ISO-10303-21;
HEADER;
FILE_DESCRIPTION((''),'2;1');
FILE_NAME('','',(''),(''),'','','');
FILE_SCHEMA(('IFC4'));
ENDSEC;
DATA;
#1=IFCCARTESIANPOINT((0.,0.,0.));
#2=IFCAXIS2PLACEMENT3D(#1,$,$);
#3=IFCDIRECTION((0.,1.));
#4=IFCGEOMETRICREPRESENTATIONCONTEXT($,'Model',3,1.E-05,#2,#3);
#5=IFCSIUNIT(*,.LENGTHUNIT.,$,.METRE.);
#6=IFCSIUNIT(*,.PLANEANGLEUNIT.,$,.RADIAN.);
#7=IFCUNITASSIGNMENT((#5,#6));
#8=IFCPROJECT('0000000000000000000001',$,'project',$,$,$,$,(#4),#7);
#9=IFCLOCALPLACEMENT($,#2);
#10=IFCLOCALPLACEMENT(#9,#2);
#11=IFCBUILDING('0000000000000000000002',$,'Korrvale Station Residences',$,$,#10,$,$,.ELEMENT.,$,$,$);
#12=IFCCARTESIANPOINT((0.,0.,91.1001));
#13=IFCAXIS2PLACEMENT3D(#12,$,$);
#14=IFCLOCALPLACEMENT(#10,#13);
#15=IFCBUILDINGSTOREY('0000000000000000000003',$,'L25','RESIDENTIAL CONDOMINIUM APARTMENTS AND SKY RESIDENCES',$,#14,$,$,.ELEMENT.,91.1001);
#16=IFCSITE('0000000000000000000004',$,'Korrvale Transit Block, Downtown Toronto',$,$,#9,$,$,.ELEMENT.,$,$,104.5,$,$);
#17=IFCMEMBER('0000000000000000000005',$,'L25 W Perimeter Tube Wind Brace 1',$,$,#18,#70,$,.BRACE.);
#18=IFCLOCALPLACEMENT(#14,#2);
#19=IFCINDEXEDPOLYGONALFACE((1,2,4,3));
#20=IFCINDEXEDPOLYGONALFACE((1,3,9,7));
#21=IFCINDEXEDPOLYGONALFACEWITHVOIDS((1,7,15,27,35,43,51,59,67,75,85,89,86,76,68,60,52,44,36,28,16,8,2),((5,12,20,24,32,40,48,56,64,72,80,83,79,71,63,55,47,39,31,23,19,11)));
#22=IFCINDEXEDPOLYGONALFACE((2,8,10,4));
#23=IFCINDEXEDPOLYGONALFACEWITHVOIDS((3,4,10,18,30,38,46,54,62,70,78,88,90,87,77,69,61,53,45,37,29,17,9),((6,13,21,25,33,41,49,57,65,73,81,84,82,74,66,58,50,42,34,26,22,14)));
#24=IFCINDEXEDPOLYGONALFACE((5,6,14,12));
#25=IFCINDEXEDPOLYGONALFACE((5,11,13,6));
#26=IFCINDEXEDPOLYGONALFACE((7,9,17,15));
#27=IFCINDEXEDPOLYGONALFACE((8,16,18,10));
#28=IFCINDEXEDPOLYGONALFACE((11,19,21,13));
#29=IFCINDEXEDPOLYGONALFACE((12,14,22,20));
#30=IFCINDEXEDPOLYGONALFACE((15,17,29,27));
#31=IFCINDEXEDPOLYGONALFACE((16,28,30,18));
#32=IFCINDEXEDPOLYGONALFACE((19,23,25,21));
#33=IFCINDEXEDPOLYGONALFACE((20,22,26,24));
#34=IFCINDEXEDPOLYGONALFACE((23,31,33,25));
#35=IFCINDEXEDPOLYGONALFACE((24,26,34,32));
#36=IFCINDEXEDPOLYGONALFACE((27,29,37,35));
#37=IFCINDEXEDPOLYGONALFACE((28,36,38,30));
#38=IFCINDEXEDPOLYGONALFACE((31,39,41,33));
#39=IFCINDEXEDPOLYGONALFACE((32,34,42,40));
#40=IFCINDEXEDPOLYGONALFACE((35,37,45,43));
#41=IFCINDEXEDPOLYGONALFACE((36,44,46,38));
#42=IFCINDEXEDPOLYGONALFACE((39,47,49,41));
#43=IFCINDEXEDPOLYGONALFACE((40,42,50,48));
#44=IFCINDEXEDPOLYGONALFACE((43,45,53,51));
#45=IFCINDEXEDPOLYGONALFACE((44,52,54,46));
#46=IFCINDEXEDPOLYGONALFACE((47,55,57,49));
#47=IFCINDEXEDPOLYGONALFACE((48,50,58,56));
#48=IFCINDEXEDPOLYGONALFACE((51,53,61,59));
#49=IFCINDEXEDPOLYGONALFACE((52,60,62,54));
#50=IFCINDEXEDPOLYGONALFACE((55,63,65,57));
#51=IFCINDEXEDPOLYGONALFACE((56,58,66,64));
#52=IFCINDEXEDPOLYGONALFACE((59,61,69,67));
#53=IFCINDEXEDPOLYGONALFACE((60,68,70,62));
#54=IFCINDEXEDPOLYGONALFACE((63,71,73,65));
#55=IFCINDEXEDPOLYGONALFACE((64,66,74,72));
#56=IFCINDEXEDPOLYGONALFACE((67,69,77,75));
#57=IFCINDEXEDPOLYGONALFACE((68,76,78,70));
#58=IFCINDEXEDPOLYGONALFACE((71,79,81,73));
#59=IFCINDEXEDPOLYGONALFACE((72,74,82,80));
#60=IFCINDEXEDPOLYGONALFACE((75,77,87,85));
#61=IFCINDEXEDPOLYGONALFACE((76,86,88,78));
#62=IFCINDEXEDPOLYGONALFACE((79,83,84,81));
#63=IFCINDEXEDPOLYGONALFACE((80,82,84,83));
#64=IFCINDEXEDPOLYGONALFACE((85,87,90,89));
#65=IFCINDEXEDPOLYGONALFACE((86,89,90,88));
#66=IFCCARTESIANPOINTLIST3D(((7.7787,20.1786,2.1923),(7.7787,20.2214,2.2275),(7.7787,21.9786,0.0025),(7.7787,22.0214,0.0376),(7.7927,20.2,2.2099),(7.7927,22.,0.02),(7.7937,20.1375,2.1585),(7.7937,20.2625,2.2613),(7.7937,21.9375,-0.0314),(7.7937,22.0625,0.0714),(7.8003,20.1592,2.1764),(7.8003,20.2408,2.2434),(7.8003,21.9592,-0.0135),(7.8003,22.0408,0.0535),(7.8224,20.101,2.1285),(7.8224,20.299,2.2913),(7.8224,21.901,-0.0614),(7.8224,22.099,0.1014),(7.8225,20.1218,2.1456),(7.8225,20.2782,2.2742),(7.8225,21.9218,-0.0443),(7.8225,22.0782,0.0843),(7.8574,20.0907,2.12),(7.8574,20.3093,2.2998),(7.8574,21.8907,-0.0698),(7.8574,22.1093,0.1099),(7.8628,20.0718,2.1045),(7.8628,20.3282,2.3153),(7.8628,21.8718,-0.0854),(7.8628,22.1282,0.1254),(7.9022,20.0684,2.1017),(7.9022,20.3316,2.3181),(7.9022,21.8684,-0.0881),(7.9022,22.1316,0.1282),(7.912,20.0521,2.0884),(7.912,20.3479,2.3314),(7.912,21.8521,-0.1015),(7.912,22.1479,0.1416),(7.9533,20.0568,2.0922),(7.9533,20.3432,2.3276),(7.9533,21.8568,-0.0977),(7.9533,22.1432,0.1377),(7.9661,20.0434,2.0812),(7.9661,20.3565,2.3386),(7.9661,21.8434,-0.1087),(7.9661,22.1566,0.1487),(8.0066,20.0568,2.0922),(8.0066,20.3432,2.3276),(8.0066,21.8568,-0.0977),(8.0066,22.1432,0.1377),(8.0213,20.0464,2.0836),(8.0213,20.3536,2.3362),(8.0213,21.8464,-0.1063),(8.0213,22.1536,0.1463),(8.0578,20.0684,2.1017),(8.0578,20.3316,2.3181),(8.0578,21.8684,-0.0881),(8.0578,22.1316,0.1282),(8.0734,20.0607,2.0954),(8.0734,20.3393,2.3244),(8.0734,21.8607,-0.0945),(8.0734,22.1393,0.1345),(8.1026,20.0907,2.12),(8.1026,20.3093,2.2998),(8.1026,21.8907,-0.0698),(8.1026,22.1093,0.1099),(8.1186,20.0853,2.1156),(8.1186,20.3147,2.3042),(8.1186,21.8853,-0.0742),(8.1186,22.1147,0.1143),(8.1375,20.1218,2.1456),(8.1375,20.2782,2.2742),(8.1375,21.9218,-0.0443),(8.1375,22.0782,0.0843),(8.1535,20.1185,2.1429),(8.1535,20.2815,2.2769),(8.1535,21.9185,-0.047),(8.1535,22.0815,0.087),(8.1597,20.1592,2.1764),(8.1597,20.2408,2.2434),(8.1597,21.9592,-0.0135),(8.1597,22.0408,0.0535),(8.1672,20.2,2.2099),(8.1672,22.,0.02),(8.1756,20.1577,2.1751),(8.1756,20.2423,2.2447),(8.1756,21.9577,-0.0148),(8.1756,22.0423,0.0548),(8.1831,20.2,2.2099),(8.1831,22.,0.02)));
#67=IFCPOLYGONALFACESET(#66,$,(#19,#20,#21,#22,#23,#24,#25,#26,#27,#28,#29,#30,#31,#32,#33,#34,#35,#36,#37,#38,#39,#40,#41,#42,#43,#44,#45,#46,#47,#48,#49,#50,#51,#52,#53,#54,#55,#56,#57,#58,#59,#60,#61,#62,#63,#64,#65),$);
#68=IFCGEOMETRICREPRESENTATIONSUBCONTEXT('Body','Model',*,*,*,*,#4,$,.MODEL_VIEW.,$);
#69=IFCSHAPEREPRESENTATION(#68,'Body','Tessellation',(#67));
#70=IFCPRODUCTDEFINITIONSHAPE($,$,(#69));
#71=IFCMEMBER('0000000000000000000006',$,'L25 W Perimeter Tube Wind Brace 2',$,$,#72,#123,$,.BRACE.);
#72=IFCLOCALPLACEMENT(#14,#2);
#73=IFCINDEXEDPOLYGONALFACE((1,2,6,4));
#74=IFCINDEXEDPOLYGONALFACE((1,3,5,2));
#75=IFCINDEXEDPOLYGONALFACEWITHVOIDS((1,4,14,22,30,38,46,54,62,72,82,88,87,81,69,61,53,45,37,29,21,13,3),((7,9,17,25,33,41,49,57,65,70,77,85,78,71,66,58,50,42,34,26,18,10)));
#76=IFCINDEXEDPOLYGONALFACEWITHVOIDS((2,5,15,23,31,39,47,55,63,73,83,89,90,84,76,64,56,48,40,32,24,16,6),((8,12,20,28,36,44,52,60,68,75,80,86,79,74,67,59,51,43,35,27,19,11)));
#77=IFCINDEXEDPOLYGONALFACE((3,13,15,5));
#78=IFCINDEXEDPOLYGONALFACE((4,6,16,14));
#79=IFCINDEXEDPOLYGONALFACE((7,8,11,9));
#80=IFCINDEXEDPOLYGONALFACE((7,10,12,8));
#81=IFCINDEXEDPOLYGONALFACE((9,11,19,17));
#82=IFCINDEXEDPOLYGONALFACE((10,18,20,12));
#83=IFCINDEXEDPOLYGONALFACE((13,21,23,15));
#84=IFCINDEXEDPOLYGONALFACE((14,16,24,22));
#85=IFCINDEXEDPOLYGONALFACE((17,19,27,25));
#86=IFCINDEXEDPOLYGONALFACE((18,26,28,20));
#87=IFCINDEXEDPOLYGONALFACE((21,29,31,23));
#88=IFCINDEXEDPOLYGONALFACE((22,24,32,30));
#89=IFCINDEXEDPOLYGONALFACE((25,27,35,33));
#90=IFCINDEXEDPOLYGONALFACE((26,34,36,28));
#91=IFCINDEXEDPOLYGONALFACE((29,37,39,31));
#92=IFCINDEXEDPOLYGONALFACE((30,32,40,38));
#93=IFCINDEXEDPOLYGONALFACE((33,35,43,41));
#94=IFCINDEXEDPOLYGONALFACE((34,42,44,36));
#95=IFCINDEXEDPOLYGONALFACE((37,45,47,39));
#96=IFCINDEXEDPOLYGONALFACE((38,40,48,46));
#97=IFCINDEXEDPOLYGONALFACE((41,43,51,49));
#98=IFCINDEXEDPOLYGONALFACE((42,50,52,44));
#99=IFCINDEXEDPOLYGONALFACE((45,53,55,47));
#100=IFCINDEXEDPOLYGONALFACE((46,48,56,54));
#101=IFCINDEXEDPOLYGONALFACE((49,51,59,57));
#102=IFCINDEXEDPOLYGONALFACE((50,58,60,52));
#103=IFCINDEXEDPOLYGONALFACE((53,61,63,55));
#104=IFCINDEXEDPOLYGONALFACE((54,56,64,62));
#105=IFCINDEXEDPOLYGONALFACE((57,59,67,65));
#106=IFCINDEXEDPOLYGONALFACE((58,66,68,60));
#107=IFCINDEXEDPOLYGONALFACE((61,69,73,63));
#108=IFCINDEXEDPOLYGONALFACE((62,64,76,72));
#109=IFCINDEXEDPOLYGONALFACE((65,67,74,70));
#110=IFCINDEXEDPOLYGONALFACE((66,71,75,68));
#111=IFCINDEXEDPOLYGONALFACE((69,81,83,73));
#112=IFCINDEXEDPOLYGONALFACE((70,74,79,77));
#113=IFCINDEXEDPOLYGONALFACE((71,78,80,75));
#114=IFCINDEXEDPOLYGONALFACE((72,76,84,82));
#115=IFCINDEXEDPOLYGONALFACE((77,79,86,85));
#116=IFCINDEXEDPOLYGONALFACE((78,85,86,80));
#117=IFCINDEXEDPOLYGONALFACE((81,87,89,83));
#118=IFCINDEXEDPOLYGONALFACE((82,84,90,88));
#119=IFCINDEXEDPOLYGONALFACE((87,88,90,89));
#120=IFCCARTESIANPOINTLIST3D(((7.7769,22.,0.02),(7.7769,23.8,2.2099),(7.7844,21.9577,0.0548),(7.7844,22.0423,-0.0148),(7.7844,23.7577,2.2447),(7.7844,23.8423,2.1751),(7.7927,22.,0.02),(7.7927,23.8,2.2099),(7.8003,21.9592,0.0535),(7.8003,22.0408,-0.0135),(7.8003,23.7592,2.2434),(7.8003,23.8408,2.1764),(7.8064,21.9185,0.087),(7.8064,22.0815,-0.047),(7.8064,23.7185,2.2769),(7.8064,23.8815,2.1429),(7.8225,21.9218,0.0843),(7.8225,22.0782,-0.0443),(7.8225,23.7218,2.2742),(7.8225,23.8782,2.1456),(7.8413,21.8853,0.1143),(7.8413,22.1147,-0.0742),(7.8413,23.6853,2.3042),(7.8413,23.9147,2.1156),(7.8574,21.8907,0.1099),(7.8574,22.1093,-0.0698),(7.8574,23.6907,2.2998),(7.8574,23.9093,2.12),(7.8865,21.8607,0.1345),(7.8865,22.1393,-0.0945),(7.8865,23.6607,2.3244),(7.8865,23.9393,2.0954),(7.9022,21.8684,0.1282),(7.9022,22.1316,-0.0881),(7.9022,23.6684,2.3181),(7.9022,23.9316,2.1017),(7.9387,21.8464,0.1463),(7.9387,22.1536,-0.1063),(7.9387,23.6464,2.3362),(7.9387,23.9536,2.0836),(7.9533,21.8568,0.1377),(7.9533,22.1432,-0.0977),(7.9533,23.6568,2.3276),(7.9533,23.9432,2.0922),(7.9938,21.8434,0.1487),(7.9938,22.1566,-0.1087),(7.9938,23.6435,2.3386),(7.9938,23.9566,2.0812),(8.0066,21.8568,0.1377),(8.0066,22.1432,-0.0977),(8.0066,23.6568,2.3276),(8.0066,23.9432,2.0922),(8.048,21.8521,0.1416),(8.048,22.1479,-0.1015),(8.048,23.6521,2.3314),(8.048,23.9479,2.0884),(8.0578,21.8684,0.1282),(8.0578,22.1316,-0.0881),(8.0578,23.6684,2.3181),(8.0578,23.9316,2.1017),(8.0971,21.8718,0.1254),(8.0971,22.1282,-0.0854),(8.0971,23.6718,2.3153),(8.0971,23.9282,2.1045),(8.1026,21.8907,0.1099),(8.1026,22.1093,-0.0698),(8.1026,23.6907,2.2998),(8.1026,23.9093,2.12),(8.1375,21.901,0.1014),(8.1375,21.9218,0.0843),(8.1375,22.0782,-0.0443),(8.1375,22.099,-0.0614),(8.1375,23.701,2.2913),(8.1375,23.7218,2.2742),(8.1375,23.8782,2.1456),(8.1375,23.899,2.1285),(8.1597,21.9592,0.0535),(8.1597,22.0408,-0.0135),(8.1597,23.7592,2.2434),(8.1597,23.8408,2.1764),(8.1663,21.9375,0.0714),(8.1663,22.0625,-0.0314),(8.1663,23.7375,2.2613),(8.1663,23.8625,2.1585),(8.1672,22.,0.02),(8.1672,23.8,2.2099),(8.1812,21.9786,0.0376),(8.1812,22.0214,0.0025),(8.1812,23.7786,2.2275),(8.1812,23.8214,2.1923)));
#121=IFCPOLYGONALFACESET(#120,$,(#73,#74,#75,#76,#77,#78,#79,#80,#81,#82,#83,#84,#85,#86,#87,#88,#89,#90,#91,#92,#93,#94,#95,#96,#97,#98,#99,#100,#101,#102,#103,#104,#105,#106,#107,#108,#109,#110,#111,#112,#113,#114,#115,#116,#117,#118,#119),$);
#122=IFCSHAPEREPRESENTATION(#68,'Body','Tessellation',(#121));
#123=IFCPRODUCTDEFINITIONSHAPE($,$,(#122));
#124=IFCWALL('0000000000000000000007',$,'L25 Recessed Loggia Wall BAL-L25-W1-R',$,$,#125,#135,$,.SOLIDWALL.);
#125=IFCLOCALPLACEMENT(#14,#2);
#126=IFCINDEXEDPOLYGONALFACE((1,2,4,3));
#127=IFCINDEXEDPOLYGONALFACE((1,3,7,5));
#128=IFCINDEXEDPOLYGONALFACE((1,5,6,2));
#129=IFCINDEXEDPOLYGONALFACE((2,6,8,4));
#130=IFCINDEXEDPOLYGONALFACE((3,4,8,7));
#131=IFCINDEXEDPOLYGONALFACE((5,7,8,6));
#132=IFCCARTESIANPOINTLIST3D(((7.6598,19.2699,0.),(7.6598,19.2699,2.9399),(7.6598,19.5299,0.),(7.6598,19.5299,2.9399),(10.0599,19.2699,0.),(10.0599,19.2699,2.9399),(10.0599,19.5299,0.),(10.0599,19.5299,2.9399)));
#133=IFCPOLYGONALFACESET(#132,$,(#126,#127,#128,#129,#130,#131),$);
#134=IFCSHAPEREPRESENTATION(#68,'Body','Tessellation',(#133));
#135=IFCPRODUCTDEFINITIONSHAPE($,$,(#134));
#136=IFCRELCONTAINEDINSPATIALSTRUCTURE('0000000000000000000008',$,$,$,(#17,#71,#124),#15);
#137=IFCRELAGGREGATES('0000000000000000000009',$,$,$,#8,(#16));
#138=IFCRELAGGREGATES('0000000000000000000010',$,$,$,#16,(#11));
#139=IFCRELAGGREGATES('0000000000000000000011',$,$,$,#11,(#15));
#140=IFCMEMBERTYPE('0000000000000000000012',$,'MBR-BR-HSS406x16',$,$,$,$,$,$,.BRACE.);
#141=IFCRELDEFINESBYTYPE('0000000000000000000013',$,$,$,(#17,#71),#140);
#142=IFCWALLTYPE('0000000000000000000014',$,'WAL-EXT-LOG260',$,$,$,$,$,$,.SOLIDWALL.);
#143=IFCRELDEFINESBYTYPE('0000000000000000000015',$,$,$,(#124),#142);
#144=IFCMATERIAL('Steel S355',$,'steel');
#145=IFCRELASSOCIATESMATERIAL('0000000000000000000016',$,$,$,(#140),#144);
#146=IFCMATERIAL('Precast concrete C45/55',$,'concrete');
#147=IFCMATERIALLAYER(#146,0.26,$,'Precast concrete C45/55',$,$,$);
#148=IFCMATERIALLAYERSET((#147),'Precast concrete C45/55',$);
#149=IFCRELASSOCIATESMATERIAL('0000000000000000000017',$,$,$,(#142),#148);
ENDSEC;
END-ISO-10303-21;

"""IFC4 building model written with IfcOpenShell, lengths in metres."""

from ifc_helpers import new_model, si_unit, direction, frame, frame_2d, origin, origin_2d, place, context, subcontext, project, spatial, rectangle, hollow_circle, extrude, material, layer, layer_set, material_profile, profile_set, type_object, element, save


model = new_model("IFC4")

# Units and contexts
model_context = context("Model", 3, precision=1e-05, world=origin(), true_north=direction((0.0, 1.0)))
body_context = subcontext(model_context, "Body", "Model", "MODEL_VIEW")
ifc_project = project(units=[si_unit("LENGTHUNIT", "METRE"), si_unit("PLANEANGLEUNIT", "RADIAN")], contexts=[model_context])

# Site, building, storey
site_placement = place(None, origin())
site = spatial("IfcSite", under=ifc_project, at=site_placement, Name="Korrvale Transit Block, Downtown Toronto", CompositionType="ELEMENT", RefElevation=104.5)
building_placement = place(site_placement, origin())
building = spatial("IfcBuilding", under=site, at=building_placement, Name="Korrvale Station Residences", CompositionType="ELEMENT")
storey_placement = place(building_placement, frame((0.0, 0.0, 91.1001)))
storey = spatial("IfcBuildingStorey", under=building, at=storey_placement, Name="L25", Description="RESIDENTIAL CONDOMINIUM APARTMENTS AND SKY RESIDENCES", CompositionType="ELEMENT", Elevation=91.1001)

# Shared definitions
ifc_material_1 = material(Name="Steel S355", Category="steel")

# Members
ifc_material_profile_1 = material_profile(ifc_material_1, hollow_circle(Radius=0.2031, WallThickness=0.0159, at=origin_2d()), Name="HSS406x16")
ifc_profile_set_1 = profile_set([ifc_material_profile_1], Name="Steel S355")
member_type = type_object("IfcMemberType", Name="MBR-BR-HSS406x16", PredefinedType="BRACE", material=ifc_profile_set_1)
for number, where, z_axis, x_axis, name in (
    (1, (7.98, 22.0, 0.02), (0.0, -0.634985, 0.772524), (1.0, 0.0, 0.0), "L25 W Perimeter Tube Wind Brace 1"),
    (2, (7.98, 22.0, 0.02), (0.0, 0.634985, 0.772524), (-1.0, 0.0, 0.0), "L25 W Perimeter Tube Wind Brace 2"),
):
    element("IfcMember", number, at=place(storey_placement, frame(where, z_axis=z_axis, x_axis=x_axis)), inside=storey, type_object=member_type, Name=name, PredefinedType="BRACE", context=body_context, shape_type="SweptSolid", body=[
        extrude(hollow_circle(Radius=0.2031, WallThickness=0.0159, at=origin_2d()), origin(), (0.0, 0.0, 1.0), 2.8347),
    ])

# Wall
ifc_material_2 = material(Name="Precast concrete C45/55", Category="concrete")
ifc_layer_1 = layer(ifc_material_2, 0.26, Name="Precast concrete C45/55")
ifc_layer_set_1 = layer_set([ifc_layer_1], Name="Precast concrete C45/55")
wall_type_1 = type_object("IfcWallType", Name="WAL-EXT-LOG260", PredefinedType="SOLIDWALL", material=ifc_layer_set_1)
wall_1_placement = place(storey_placement, frame((10.0601, 19.3999, 0.0), z_axis=(0.0, 0.0, 1.0), x_axis=(-1.0, 0.0, 0.0)))
element("IfcWall", 3, at=wall_1_placement, inside=storey, type_object=wall_type_1, Name="L25 Recessed Loggia Wall BAL-L25-W1-R", PredefinedType="SOLIDWALL", context=body_context, shape_type="SweptSolid", body=[
    extrude(rectangle(XDim=2.4001, YDim=0.26, at=frame_2d((1.2002, 0.0))), origin(), (0.0, 0.0, 1.0), 2.9399),
])

save(model, "model.ifc")
